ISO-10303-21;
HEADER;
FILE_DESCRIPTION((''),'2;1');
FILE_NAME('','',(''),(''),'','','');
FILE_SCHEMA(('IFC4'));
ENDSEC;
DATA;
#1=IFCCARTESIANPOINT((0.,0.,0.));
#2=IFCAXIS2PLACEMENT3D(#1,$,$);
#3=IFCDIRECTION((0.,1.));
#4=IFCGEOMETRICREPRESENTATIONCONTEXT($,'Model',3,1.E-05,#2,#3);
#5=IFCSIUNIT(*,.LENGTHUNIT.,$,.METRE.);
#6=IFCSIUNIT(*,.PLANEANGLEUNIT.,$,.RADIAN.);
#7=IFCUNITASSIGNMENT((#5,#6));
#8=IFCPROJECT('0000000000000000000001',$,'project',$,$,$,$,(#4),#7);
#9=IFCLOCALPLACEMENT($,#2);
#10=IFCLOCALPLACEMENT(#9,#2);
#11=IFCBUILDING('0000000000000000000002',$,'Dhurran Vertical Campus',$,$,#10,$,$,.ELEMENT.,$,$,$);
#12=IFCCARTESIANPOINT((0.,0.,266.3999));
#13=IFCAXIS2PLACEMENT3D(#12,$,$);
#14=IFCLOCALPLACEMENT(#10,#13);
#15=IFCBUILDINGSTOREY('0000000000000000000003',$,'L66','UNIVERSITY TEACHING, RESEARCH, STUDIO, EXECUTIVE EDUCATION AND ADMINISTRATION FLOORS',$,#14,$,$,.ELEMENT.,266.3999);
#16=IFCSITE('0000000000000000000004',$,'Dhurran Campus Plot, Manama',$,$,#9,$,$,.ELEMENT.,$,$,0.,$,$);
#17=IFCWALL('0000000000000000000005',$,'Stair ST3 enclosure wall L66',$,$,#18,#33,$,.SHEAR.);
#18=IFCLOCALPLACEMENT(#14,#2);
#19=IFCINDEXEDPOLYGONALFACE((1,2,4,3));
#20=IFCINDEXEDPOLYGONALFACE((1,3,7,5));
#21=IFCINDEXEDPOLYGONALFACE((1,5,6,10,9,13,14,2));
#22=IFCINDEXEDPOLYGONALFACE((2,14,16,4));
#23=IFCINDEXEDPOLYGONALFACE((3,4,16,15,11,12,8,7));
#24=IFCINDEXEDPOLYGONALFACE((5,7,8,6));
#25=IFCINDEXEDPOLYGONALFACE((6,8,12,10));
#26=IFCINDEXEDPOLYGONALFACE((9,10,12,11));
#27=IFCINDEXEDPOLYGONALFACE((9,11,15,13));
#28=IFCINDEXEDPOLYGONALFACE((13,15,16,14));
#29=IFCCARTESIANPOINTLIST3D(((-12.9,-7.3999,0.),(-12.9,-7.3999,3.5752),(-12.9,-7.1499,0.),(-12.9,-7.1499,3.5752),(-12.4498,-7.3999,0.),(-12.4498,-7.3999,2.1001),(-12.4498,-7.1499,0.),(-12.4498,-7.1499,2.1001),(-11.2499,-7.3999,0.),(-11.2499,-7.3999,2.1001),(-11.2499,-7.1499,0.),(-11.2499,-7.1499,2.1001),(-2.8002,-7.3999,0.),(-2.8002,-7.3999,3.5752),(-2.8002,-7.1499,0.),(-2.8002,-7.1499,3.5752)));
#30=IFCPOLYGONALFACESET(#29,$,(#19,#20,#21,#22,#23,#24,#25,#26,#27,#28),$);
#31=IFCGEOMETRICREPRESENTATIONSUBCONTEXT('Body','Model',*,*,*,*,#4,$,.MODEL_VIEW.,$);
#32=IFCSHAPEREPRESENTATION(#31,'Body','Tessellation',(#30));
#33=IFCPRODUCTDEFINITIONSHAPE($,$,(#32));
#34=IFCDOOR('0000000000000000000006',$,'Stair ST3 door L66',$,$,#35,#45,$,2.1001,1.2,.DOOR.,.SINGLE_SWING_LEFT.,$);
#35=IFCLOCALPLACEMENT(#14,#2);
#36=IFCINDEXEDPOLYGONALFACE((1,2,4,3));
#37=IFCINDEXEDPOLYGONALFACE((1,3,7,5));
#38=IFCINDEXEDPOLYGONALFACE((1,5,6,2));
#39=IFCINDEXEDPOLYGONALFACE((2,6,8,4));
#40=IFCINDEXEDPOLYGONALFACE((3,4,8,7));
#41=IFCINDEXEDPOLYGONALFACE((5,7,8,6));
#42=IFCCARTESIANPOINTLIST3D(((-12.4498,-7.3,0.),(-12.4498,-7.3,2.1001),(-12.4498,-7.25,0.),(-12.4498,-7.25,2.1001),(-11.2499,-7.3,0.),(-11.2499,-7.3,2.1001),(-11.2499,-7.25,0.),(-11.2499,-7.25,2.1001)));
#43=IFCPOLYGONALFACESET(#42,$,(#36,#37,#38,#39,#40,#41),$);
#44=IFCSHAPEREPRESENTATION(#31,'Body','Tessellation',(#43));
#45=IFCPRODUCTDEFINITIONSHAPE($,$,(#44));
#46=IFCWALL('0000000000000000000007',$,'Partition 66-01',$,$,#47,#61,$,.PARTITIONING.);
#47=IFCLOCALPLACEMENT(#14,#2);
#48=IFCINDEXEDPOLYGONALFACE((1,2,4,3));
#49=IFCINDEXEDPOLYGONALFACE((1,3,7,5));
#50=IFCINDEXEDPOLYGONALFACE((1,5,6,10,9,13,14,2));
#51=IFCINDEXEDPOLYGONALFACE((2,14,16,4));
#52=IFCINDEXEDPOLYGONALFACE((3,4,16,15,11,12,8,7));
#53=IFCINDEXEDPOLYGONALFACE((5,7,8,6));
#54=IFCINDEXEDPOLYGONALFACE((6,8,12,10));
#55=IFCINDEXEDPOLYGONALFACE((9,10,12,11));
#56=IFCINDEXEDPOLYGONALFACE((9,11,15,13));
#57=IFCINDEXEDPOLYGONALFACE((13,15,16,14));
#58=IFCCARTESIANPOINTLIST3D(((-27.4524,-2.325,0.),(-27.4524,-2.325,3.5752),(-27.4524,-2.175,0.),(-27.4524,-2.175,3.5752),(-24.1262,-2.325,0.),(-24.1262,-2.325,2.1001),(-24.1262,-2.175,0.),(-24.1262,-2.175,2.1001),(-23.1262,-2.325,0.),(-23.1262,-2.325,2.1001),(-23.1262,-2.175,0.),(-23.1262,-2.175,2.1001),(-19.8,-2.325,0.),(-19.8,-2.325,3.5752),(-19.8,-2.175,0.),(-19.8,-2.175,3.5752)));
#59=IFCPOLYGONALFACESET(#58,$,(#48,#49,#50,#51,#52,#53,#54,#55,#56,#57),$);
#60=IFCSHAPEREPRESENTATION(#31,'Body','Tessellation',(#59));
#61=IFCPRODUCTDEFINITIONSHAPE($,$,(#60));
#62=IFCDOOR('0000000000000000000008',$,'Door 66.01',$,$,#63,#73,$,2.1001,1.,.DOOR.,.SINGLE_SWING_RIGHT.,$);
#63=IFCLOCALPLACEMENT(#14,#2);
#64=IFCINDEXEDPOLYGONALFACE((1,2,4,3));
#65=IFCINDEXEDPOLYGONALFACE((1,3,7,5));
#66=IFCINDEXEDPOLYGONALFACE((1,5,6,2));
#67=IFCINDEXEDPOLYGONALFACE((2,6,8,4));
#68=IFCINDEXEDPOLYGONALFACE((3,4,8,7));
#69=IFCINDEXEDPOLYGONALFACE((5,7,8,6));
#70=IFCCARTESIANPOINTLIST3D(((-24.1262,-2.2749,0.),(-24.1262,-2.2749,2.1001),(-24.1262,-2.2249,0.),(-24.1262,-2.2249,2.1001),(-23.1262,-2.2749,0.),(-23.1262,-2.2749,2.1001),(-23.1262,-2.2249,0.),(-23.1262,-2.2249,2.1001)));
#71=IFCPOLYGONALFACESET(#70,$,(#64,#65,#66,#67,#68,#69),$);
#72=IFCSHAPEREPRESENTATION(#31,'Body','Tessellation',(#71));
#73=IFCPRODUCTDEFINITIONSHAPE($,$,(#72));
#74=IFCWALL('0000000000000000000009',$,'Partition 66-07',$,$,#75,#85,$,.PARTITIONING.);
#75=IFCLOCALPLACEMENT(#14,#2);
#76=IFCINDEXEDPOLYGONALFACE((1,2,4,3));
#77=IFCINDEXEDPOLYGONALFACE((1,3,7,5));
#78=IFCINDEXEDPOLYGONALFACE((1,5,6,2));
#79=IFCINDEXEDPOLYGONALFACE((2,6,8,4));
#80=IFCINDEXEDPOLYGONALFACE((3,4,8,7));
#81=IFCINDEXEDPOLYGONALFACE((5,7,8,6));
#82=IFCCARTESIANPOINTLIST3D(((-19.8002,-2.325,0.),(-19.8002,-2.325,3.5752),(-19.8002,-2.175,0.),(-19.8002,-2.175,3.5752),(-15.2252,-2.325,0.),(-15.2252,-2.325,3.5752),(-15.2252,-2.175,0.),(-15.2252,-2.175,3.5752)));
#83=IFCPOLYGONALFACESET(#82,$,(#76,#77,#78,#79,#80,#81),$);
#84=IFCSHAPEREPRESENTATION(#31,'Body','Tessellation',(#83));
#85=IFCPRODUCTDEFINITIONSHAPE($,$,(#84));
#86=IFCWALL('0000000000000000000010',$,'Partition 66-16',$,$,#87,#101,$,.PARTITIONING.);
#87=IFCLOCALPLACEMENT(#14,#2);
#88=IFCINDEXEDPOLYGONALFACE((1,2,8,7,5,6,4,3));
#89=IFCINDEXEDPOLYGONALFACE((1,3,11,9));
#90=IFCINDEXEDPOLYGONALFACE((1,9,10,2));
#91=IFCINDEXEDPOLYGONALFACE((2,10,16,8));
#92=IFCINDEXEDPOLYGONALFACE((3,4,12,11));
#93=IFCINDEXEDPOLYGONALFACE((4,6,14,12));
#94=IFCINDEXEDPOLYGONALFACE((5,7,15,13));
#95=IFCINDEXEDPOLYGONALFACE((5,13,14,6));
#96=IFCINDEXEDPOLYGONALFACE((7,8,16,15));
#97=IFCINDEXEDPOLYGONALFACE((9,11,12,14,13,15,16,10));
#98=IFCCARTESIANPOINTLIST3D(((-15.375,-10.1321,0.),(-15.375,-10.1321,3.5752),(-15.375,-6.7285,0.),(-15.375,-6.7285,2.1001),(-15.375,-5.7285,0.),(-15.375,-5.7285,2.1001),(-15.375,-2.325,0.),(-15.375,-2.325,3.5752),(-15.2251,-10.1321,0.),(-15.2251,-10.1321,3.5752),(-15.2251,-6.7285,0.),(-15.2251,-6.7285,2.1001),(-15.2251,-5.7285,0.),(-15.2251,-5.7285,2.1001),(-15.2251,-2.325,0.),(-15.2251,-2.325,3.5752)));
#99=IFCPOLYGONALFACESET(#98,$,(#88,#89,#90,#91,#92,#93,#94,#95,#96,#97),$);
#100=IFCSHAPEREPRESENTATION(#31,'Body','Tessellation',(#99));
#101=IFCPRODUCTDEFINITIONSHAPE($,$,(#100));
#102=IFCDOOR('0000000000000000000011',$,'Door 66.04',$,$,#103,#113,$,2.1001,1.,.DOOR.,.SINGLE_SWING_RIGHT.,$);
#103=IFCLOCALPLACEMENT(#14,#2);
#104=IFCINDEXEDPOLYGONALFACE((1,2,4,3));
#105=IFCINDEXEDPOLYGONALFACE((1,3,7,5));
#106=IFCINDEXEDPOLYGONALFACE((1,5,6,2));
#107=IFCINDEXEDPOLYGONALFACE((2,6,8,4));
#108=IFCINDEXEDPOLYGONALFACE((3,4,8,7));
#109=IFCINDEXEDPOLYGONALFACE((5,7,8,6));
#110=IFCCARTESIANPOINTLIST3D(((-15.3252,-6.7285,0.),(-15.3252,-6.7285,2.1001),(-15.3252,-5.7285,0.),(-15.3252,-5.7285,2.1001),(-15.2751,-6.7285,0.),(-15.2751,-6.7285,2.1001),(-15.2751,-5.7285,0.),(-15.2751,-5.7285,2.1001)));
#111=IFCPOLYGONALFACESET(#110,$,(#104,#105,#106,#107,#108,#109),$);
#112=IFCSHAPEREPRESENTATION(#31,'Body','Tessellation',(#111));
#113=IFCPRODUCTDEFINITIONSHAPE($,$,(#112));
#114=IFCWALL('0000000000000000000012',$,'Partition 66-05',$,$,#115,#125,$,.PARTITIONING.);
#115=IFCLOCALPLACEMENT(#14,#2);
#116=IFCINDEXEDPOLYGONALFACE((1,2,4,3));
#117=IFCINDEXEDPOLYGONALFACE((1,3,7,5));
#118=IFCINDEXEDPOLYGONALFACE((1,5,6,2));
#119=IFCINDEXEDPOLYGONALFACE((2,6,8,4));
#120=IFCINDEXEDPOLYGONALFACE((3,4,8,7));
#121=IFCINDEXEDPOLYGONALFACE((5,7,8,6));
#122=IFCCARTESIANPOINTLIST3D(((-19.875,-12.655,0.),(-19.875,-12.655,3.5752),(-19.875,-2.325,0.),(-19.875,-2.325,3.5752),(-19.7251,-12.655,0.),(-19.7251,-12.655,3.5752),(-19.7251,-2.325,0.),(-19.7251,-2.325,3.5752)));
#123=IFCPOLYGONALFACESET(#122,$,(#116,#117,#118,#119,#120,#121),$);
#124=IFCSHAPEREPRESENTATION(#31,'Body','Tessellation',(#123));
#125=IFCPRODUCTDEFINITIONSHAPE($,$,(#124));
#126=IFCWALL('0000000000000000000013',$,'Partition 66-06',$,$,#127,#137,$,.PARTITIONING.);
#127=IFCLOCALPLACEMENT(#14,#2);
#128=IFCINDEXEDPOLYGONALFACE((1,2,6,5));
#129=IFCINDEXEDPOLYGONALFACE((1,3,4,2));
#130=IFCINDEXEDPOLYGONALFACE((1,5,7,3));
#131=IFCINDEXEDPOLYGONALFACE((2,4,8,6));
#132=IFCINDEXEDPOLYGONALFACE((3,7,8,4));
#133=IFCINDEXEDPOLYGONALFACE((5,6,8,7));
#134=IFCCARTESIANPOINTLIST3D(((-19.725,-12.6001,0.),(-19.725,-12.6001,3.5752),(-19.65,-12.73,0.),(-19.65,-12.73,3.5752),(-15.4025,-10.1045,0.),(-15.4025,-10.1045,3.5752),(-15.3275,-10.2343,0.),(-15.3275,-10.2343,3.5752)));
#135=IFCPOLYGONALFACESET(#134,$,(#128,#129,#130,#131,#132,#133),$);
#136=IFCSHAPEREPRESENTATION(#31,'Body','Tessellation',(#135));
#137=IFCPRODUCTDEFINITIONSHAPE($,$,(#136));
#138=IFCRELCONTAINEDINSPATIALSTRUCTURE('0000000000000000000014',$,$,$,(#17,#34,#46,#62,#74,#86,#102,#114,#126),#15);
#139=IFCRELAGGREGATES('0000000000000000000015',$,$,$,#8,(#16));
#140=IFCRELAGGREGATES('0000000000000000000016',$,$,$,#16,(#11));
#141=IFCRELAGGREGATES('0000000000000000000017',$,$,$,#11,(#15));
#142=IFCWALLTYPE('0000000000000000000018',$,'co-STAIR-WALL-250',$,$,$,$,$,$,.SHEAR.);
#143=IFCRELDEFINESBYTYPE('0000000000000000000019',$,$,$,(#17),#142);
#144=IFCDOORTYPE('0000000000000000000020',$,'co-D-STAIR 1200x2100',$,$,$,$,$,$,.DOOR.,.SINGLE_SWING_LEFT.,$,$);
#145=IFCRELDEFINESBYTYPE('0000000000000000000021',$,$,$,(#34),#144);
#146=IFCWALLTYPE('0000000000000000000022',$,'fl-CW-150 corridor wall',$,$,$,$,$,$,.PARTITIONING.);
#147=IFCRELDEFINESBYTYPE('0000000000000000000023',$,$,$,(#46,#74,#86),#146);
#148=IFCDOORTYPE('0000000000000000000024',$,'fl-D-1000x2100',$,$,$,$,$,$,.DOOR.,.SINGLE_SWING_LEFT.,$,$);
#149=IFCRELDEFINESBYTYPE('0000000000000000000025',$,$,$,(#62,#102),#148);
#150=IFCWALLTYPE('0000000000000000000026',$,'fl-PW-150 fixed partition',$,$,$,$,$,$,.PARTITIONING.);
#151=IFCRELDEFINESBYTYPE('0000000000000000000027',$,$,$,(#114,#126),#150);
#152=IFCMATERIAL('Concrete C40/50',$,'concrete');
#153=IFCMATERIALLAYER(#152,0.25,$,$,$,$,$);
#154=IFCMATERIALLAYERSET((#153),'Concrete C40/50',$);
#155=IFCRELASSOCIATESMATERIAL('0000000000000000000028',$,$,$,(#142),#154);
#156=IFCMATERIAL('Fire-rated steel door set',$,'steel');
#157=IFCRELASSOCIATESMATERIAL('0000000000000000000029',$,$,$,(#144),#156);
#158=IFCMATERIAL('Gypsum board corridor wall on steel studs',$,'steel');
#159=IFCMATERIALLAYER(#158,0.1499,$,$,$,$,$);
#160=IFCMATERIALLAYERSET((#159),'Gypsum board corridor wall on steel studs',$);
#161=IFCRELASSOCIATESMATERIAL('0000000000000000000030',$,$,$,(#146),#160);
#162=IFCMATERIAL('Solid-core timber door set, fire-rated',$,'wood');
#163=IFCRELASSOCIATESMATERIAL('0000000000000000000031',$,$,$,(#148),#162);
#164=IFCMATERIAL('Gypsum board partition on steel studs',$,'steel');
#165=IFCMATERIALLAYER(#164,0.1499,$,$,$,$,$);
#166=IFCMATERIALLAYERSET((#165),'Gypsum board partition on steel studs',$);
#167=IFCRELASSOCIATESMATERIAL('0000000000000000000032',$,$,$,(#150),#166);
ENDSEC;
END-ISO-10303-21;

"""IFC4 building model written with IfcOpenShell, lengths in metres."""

from ifc_helpers import new_model, si_unit, direction, frame, frame_2d, origin, place, context, subcontext, project, spatial, rectangle, extrude, material, layer, layer_set, type_object, element, fill, save


model = new_model("IFC4")

# Units and contexts
model_context = context("Model", 3, precision=1e-05, world=origin(), true_north=direction((0.0, 1.0)))
body_context = subcontext(model_context, "Body", "Model", "MODEL_VIEW")
ifc_project = project(units=[si_unit("LENGTHUNIT", "METRE"), si_unit("PLANEANGLEUNIT", "RADIAN")], contexts=[model_context])

# Site, building, storey
site_placement = place(None, origin())
site = spatial("IfcSite", under=ifc_project, at=site_placement, Name="Dhurran Campus Plot, Manama", CompositionType="ELEMENT", RefElevation=0.0)
building_placement = place(site_placement, origin())
building = spatial("IfcBuilding", under=site, at=building_placement, Name="Dhurran Vertical Campus", CompositionType="ELEMENT")
storey_placement = place(building_placement, frame((0.0, 0.0, 266.3999)))
storey = spatial("IfcBuildingStorey", under=building, at=storey_placement, Name="L66", Description="UNIVERSITY TEACHING, RESEARCH, STUDIO, EXECUTIVE EDUCATION AND ADMINISTRATION FLOORS", CompositionType="ELEMENT", Elevation=266.3999)

# Walls, openings, doors
ifc_material_1 = material(Name="Concrete C40/50", Category="concrete")
ifc_layer_1 = layer(ifc_material_1, 0.25)
ifc_layer_set_1 = layer_set([ifc_layer_1], Name="Concrete C40/50")
wall_type_1 = type_object("IfcWallType", Name="co-STAIR-WALL-250", PredefinedType="SHEAR", material=ifc_layer_set_1)
wall_1_placement = place(storey_placement, frame((-12.8999, -7.2749, 0.0), z_axis=(0.0, 0.0, 1.0), x_axis=(1.0, 0.0, 0.0)))
wall_1 = element("IfcWall", 1, at=wall_1_placement, inside=storey, type_object=wall_type_1, Name="Stair ST3 enclosure wall L66", PredefinedType="SHEAR", context=body_context, shape_type="SweptSolid", body=[
    extrude(rectangle(XDim=10.0999, YDim=0.25, at=frame_2d((5.0498, 0.0))), origin(), (0.0, 0.0, 1.0), 3.5752),
])
opening_1_placement = place(wall_1_placement, frame((0.45, 0.0, 0.0)))
opening_1 = element("IfcOpeningElement", 2, at=opening_1_placement, cuts=wall_1, PredefinedType="OPENING", context=body_context, shape_type="SweptSolid", body=[
    extrude(rectangle(XDim=1.2, YDim=2.1001, at=frame_2d((0.6001, 1.05))), frame((0.0, 0.135, 0.0), z_axis=(0.0, -1.0, 0.0), x_axis=(1.0, 0.0, 0.0)), (0.0, 0.0, 1.0), 0.27),
])
ifc_material_2 = material(Name="Fire-rated steel door set", Category="steel")
door_type_1 = type_object("IfcDoorType", Name="co-D-STAIR 1200x2100", OperationType="SINGLE_SWING_LEFT", PredefinedType="DOOR", material=ifc_material_2)
door_1_placement = place(opening_1_placement, origin())
door_1 = element("IfcDoor", 3, at=door_1_placement, inside=storey, type_object=door_type_1, Name="Stair ST3 door L66", OperationType="SINGLE_SWING_LEFT", OverallHeight=2.1001, OverallWidth=1.2, PredefinedType="DOOR", context=body_context, shape_type="SweptSolid", body=[
    extrude(rectangle(XDim=1.2, YDim=2.1001, at=frame_2d((0.6001, 1.05))), frame((0.0, 0.0249, 0.0), z_axis=(0.0, -1.0, 0.0), x_axis=(1.0, 0.0, 0.0)), (0.0, 0.0, 1.0), 0.05),
])
fill(opening_1, door_1)
ifc_material_3 = material(Name="Gypsum board corridor wall on steel studs", Category="steel")
ifc_layer_2 = layer(ifc_material_3, 0.1499)
ifc_layer_set_2 = layer_set([ifc_layer_2], Name="Gypsum board corridor wall on steel studs")
wall_type_2 = type_object("IfcWallType", Name="fl-CW-150 corridor wall", PredefinedType="PARTITIONING", material=ifc_layer_set_2)
wall_2_placement = place(storey_placement, frame((-19.8, -2.25, 0.0), z_axis=(0.0, 0.0, 1.0), x_axis=(-1.0, 0.0, 0.0)))
wall_2 = element("IfcWall", 4, at=wall_2_placement, inside=storey, type_object=wall_type_2, Name="Partition 66-01", PredefinedType="PARTITIONING", context=body_context, shape_type="SweptSolid", body=[
    extrude(rectangle(XDim=7.6523, YDim=0.1499, at=frame_2d((3.8262, 0.0))), origin(), (0.0, 0.0, 1.0), 3.5752),
])
opening_2_placement = place(wall_2_placement, frame((3.3262, 0.0, 0.0)))
opening_2 = element("IfcOpeningElement", 5, at=opening_2_placement, cuts=wall_2, PredefinedType="OPENING", context=body_context, shape_type="SweptSolid", body=[
    extrude(rectangle(XDim=1.0, YDim=2.1001, at=frame_2d((0.5, 1.05))), frame((0.0, 0.085, 0.0), z_axis=(0.0, -1.0, 0.0), x_axis=(1.0, 0.0, 0.0)), (0.0, 0.0, 1.0), 0.1699),
])
ifc_material_4 = material(Name="Solid-core timber door set, fire-rated", Category="wood")
door_type_2 = type_object("IfcDoorType", Name="fl-D-1000x2100", OperationType="SINGLE_SWING_LEFT", PredefinedType="DOOR", material=ifc_material_4)
door_2_placement = place(opening_2_placement, origin())
door_2 = element("IfcDoor", 6, at=door_2_placement, inside=storey, type_object=door_type_2, Name="Door 66.01", OperationType="SINGLE_SWING_RIGHT", OverallHeight=2.1001, OverallWidth=1.0, PredefinedType="DOOR", context=body_context, shape_type="SweptSolid", body=[
    extrude(rectangle(XDim=1.0, YDim=2.1001, at=frame_2d((0.5, 1.05))), frame((0.0, 0.0249, 0.0), z_axis=(0.0, -1.0, 0.0), x_axis=(1.0, 0.0, 0.0)), (0.0, 0.0, 1.0), 0.05),
])
fill(opening_2, door_2)

# Wall
wall_3_placement = place(storey_placement, frame((-15.2251, -2.25, 0.0), z_axis=(0.0, 0.0, 1.0), x_axis=(-1.0, 0.0, 0.0)))
element("IfcWall", 7, at=wall_3_placement, inside=storey, type_object=wall_type_2, Name="Partition 66-07", PredefinedType="PARTITIONING", context=body_context, shape_type="SweptSolid", body=[
    extrude(rectangle(XDim=4.575, YDim=0.1499, at=frame_2d((2.2876, 0.0))), origin(), (0.0, 0.0, 1.0), 3.5752),
])

# Wall, opening, door
wall_4_placement = place(storey_placement, frame((-15.3, -2.325, 0.0), z_axis=(0.0, 0.0, 1.0), x_axis=(0.0, -1.0, 0.0)))
wall_4 = element("IfcWall", 8, at=wall_4_placement, inside=storey, type_object=wall_type_2, Name="Partition 66-16", PredefinedType="PARTITIONING", context=body_context, shape_type="SweptSolid", body=[
    extrude(rectangle(XDim=7.8071, YDim=0.1499, at=frame_2d((3.9036, 0.0))), origin(), (0.0, 0.0, 1.0), 3.5752),
])
opening_3_placement = place(wall_4_placement, frame((3.4036, 0.0, 0.0)))
opening_3 = element("IfcOpeningElement", 9, at=opening_3_placement, cuts=wall_4, PredefinedType="OPENING", context=body_context, shape_type="SweptSolid", body=[
    extrude(rectangle(XDim=1.0, YDim=2.1001, at=frame_2d((0.5, 1.05))), frame((0.0, 0.085, 0.0), z_axis=(0.0, -1.0, 0.0), x_axis=(1.0, 0.0, 0.0)), (0.0, 0.0, 1.0), 0.1699),
])
door_3_placement = place(opening_3_placement, origin())
door_3 = element("IfcDoor", 10, at=door_3_placement, inside=storey, type_object=door_type_2, Name="Door 66.04", OperationType="SINGLE_SWING_RIGHT", OverallHeight=2.1001, OverallWidth=1.0, PredefinedType="DOOR", context=body_context, shape_type="SweptSolid", body=[
    extrude(rectangle(XDim=1.0, YDim=2.1001, at=frame_2d((0.5, 1.05))), frame((0.0, 0.0249, 0.0), z_axis=(0.0, -1.0, 0.0), x_axis=(1.0, 0.0, 0.0)), (0.0, 0.0, 1.0), 0.05),
])
fill(opening_3, door_3)

# Walls
ifc_material_5 = material(Name="Gypsum board partition on steel studs", Category="steel")
ifc_layer_3 = layer(ifc_material_5, 0.1499)
ifc_layer_set_3 = layer_set([ifc_layer_3], Name="Gypsum board partition on steel studs")
wall_type_3 = type_object("IfcWallType", Name="fl-PW-150 fixed partition", PredefinedType="PARTITIONING", material=ifc_layer_set_3)
wall_5_placement = place(storey_placement, frame((-19.8, -2.325, 0.0), z_axis=(0.0, 0.0, 1.0), x_axis=(0.0, -1.0, 0.0)))
element("IfcWall", 11, at=wall_5_placement, inside=storey, type_object=wall_type_3, Name="Partition 66-05", PredefinedType="PARTITIONING", context=body_context, shape_type="SweptSolid", body=[
    extrude(rectangle(XDim=10.3301, YDim=0.1499, at=frame_2d((5.165, 0.0))), origin(), (0.0, 0.0, 1.0), 3.5752),
])
wall_6_placement = place(storey_placement, frame((-15.365, -10.1694, 0.0), z_axis=(0.0, 0.0, 1.0), x_axis=(-0.866025, -0.5, 0.0)))
element("IfcWall", 12, at=wall_6_placement, inside=storey, type_object=wall_type_3, Name="Partition 66-06", PredefinedType="PARTITIONING", context=body_context, shape_type="SweptSolid", body=[
    extrude(rectangle(XDim=4.9912, YDim=0.1499, at=frame_2d((2.4956, 0.0))), origin(), (0.0, 0.0, 1.0), 3.5752),
])

save(model, "model.ifc")
